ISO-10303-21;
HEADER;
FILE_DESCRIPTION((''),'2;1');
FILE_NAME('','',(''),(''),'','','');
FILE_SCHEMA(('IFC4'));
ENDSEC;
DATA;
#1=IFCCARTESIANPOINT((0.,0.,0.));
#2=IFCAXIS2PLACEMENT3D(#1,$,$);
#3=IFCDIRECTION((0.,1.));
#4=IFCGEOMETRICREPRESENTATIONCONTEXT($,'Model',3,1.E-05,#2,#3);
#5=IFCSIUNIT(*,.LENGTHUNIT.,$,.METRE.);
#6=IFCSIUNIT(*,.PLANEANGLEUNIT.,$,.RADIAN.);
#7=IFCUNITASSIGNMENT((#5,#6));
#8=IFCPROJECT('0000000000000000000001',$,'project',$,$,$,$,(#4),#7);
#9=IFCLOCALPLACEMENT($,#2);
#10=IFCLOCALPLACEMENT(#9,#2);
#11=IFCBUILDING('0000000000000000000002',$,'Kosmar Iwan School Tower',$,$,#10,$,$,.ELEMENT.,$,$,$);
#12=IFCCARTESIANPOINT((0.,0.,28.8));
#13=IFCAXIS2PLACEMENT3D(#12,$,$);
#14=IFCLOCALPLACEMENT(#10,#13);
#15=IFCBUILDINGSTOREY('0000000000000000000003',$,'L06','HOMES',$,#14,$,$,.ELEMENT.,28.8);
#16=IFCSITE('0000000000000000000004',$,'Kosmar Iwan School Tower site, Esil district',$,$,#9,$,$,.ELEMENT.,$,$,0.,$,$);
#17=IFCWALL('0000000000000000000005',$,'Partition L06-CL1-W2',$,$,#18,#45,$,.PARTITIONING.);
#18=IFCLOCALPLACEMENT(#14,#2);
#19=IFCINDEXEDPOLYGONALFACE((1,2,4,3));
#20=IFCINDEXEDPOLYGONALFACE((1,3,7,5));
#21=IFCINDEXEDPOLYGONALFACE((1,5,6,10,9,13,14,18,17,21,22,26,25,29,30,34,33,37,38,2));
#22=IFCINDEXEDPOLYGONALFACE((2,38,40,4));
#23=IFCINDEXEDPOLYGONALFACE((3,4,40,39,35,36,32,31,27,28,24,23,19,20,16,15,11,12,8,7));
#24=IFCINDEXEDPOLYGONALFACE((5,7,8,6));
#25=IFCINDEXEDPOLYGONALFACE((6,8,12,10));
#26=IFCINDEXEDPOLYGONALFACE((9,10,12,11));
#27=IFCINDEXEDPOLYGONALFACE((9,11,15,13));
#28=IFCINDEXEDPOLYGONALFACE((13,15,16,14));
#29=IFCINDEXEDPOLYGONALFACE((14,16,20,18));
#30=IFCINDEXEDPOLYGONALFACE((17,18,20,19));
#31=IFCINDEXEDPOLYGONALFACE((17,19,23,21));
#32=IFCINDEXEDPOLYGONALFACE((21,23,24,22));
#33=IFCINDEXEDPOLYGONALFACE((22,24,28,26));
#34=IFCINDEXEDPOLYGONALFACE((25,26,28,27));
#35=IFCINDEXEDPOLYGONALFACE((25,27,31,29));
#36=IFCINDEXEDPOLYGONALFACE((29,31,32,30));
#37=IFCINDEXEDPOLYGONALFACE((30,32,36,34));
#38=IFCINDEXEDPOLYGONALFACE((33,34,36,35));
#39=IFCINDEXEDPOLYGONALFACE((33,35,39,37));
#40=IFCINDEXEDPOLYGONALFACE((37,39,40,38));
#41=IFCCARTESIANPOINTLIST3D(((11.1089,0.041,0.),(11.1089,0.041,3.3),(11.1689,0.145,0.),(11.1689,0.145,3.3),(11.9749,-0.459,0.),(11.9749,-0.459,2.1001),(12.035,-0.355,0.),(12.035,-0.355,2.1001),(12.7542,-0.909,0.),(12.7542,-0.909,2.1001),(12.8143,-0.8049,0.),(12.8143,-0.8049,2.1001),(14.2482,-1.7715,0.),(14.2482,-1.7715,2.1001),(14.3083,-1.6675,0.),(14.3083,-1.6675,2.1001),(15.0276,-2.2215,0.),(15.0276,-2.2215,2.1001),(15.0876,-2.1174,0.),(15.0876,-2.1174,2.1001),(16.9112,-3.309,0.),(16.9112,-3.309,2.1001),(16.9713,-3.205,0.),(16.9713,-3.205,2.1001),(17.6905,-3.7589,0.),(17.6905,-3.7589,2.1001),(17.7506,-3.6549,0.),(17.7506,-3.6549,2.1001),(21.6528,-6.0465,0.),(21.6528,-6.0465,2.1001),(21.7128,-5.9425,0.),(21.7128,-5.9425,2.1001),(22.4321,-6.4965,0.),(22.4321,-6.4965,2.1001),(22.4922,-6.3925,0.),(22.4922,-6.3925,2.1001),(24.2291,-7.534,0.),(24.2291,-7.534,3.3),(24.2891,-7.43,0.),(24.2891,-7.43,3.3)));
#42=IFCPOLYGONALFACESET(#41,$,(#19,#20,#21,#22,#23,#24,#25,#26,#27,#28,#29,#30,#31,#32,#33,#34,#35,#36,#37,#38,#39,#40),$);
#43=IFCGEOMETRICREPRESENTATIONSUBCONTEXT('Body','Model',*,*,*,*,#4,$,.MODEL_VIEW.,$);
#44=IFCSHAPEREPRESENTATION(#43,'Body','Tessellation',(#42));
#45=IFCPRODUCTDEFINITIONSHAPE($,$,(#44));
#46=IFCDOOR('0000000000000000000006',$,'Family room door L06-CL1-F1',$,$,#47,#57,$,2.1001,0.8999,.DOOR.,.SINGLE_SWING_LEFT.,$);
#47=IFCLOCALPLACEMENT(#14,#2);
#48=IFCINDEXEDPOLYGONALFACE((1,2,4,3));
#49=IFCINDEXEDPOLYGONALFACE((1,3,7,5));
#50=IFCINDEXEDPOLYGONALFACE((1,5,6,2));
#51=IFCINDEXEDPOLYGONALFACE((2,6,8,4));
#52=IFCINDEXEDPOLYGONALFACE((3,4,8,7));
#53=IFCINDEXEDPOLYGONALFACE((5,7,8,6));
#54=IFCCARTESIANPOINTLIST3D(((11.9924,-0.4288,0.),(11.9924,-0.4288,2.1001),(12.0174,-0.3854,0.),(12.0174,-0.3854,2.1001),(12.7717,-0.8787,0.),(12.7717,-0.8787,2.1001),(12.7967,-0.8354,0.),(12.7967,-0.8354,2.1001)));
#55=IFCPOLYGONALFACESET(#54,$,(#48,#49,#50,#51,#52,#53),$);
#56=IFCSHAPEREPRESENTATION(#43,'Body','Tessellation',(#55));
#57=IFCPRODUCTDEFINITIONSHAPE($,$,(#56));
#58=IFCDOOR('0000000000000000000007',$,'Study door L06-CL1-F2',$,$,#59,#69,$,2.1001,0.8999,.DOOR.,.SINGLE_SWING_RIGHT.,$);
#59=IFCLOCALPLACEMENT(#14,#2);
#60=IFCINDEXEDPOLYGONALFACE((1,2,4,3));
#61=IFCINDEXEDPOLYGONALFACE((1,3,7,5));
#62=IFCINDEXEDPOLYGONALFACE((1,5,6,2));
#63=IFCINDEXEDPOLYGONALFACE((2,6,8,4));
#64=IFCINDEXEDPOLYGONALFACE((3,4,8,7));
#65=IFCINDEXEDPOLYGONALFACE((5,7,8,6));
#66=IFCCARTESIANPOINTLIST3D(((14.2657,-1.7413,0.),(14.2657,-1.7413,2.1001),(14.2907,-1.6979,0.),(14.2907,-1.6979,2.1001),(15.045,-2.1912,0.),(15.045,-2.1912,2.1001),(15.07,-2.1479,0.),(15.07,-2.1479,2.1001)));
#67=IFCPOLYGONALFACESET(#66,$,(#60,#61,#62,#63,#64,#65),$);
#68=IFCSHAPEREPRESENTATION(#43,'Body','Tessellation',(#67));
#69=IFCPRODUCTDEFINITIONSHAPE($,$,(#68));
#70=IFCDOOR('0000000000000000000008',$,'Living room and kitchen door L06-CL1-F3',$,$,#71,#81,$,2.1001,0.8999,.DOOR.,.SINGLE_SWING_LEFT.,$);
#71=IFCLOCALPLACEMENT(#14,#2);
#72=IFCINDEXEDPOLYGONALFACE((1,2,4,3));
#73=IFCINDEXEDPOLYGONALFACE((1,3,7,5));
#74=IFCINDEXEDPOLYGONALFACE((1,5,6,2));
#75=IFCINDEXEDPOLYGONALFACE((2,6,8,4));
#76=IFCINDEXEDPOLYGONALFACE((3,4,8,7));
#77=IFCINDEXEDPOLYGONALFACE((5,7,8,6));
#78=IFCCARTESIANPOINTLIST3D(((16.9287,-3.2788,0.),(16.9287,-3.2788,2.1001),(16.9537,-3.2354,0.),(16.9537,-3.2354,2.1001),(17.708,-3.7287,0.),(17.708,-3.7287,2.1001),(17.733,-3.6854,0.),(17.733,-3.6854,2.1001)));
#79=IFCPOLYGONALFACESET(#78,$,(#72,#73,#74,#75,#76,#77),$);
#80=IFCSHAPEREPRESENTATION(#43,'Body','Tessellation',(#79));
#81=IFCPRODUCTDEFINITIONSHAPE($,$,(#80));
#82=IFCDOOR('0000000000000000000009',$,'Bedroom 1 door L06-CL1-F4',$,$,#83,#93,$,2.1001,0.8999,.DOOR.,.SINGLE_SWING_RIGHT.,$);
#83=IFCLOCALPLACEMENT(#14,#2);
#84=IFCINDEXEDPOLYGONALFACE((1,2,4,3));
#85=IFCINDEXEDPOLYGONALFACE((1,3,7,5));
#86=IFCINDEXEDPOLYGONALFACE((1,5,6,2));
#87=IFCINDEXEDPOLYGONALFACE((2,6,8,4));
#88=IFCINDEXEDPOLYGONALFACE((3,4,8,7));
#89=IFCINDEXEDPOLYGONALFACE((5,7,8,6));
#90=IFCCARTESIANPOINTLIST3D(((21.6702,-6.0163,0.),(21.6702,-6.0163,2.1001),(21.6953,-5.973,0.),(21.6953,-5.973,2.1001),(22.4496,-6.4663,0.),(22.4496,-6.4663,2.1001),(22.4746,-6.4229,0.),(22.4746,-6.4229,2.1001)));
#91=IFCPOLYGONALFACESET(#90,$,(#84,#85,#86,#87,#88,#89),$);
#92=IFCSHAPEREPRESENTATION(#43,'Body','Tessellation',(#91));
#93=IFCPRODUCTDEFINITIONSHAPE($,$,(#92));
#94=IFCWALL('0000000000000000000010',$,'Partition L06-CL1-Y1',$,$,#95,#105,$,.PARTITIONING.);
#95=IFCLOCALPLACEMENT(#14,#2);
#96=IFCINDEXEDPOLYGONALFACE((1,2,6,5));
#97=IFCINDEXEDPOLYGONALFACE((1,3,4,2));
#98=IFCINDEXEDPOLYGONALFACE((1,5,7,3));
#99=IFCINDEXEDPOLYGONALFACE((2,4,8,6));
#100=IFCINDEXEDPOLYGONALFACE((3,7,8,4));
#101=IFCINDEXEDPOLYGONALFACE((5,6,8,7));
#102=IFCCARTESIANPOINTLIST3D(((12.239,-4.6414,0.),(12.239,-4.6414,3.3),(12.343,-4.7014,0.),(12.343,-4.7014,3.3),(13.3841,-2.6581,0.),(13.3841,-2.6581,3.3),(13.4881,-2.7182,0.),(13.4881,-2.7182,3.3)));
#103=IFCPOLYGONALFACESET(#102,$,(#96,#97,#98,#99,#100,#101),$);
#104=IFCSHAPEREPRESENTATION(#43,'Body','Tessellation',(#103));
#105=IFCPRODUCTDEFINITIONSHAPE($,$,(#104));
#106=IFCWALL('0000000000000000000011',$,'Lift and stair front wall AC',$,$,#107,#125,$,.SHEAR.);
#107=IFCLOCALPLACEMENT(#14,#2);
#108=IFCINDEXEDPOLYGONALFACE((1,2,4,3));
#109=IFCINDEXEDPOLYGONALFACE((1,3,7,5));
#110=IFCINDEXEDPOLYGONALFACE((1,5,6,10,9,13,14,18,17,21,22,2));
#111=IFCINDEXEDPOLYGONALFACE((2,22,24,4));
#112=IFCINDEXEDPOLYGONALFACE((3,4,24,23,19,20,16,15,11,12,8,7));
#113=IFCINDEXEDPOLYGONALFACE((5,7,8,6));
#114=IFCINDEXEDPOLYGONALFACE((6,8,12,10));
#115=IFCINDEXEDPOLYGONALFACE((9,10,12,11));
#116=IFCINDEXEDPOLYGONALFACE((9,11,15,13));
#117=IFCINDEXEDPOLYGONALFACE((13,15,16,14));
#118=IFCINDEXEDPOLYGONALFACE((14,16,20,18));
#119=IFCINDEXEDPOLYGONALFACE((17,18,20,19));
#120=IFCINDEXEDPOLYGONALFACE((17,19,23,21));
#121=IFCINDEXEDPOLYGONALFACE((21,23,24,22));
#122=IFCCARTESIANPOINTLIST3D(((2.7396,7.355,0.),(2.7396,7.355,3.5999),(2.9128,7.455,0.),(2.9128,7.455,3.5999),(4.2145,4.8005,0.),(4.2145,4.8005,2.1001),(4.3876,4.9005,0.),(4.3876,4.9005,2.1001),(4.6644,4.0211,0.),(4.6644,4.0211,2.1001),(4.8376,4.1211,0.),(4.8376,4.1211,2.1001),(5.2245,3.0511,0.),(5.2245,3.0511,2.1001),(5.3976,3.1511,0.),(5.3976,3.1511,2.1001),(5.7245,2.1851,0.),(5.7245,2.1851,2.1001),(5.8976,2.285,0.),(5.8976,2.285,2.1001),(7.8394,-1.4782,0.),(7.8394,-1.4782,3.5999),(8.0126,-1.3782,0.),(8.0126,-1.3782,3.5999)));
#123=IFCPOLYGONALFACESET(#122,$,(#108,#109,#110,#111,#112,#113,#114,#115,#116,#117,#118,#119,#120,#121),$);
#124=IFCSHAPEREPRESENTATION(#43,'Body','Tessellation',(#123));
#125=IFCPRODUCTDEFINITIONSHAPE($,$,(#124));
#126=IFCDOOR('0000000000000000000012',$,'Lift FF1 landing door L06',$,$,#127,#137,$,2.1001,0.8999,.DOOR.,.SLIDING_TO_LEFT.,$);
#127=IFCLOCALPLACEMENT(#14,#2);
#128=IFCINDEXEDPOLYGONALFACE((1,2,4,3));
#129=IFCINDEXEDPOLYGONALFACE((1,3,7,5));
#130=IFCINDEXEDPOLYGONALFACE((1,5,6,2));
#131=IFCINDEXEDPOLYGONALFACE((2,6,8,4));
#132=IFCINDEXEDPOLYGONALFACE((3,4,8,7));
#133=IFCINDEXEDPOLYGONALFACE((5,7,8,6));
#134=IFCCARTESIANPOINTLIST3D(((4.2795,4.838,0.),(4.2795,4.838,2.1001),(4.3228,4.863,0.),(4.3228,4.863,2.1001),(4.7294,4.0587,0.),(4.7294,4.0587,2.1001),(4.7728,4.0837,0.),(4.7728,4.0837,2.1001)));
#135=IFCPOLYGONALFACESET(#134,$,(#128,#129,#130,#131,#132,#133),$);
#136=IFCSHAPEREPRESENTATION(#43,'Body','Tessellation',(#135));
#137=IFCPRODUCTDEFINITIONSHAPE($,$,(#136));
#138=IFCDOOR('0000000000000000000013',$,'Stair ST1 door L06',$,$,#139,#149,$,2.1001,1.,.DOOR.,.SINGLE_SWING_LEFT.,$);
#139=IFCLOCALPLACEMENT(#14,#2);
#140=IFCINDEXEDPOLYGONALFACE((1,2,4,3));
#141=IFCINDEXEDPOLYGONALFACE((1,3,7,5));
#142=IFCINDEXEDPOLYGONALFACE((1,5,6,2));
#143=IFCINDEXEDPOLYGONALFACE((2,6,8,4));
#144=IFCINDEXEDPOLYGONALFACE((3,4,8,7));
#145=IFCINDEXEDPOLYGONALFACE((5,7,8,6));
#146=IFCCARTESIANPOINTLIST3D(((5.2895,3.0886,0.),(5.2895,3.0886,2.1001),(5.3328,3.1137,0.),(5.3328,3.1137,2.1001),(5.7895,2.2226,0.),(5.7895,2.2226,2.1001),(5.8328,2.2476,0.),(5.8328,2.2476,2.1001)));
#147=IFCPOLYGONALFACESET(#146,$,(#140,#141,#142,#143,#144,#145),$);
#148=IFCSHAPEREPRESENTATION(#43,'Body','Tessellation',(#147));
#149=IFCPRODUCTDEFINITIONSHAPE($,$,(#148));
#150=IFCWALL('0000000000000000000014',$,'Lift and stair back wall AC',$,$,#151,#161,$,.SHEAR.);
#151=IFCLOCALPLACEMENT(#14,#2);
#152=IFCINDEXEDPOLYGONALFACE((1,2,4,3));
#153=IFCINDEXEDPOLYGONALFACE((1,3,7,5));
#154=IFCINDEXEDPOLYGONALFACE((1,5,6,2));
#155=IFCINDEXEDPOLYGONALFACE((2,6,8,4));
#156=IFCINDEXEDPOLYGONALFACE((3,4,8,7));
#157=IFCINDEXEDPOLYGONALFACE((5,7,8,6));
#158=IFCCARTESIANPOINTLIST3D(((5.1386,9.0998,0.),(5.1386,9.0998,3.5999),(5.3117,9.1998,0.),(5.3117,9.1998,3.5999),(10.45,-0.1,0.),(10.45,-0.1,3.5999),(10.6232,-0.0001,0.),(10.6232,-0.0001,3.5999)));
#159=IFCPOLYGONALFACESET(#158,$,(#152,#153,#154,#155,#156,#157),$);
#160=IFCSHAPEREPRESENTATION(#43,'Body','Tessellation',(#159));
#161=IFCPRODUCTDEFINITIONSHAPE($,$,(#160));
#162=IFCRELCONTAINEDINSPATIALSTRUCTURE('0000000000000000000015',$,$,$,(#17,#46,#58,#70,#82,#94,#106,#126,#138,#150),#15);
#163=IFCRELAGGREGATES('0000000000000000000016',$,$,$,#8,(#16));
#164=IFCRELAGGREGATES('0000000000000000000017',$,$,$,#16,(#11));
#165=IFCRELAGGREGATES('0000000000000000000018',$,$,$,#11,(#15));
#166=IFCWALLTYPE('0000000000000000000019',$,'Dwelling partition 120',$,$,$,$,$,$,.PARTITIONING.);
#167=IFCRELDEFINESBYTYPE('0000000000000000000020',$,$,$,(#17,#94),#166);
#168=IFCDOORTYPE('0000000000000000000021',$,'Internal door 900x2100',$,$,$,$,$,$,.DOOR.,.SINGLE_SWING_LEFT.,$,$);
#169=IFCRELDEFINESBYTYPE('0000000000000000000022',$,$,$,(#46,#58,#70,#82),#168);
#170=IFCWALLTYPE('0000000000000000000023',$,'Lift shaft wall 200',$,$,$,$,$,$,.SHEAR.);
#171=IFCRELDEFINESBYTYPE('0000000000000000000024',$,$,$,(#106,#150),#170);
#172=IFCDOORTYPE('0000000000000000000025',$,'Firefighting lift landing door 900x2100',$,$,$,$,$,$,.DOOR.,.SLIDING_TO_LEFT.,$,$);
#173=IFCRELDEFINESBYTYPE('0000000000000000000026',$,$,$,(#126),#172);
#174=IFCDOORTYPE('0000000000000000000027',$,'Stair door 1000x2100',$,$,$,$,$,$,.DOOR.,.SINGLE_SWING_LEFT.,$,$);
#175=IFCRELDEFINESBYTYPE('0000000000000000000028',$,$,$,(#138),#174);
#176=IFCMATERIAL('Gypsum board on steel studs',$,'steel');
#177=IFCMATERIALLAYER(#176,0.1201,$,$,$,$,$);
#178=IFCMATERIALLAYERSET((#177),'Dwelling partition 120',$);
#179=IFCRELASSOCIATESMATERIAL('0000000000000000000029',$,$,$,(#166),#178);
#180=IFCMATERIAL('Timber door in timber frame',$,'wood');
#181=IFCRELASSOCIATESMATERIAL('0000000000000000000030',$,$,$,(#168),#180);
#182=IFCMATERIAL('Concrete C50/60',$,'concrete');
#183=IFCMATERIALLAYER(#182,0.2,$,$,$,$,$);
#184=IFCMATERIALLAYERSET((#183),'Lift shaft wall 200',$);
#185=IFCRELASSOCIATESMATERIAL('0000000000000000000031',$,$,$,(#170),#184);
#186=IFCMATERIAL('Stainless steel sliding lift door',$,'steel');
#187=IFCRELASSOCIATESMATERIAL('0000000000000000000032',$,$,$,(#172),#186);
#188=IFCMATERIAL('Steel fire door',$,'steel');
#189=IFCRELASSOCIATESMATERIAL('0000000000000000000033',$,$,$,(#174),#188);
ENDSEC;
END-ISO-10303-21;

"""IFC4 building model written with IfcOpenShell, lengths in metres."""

from ifc_helpers import new_model, si_unit, direction, frame, frame_2d, origin, place, context, subcontext, project, spatial, rectangle, extrude, material, layer, layer_set, type_object, element, fill, save


model = new_model("IFC4")

# Units and contexts
model_context = context("Model", 3, precision=1e-05, world=origin(), true_north=direction((0.0, 1.0)))
body_context = subcontext(model_context, "Body", "Model", "MODEL_VIEW")
ifc_project = project(units=[si_unit("LENGTHUNIT", "METRE"), si_unit("PLANEANGLEUNIT", "RADIAN")], contexts=[model_context])

# Site, building, storey
site_placement = place(None, origin())
site = spatial("IfcSite", under=ifc_project, at=site_placement, Name="Kosmar Iwan School Tower site, Esil district", CompositionType="ELEMENT", RefElevation=0.0)
building_placement = place(site_placement, origin())
building = spatial("IfcBuilding", under=site, at=building_placement, Name="Kosmar Iwan School Tower", CompositionType="ELEMENT")
storey_placement = place(building_placement, frame((0.0, 0.0, 28.8)))
storey = spatial("IfcBuildingStorey", under=building, at=storey_placement, Name="L06", Description="HOMES", CompositionType="ELEMENT", Elevation=28.8)

# Wall, openings, doors
ifc_material_1 = material(Name="Gypsum board on steel studs", Category="steel")
ifc_layer_1 = layer(ifc_material_1, 0.1201)
ifc_layer_set_1 = layer_set([ifc_layer_1], Name="Dwelling partition 120")
wall_type_1 = type_object("IfcWallType", Name="Dwelling partition 120", PredefinedType="PARTITIONING", material=ifc_layer_set_1)
ifc_material_2 = material(Name="Timber door in timber frame", Category="wood")
door_type_1 = type_object("IfcDoorType", Name="Internal door 900x2100", OperationType="SINGLE_SWING_LEFT", PredefinedType="DOOR", material=ifc_material_2)
wall_1_placement = place(storey_placement, frame((11.1389, 0.093, 0.0), z_axis=(0.0, 0.0, 1.0), x_axis=(0.866024, -0.500002, 0.0)))
wall_1 = element("IfcWall", 1, at=wall_1_placement, inside=storey, type_object=wall_type_1, Name="Partition L06-CL1-W2", PredefinedType="PARTITIONING", context=body_context, shape_type="SweptSolid", body=[
    extrude(rectangle(XDim=15.1499, YDim=0.1201, at=frame_2d((7.575, 0.0))), origin(), (0.0, 0.0, 1.0), 3.3),
])
opening_1_placement = place(wall_1_placement, frame((1.0, 0.0, 0.0)))
opening_1 = element("IfcOpeningElement", 2, at=opening_1_placement, cuts=wall_1, PredefinedType="OPENING", context=body_context, shape_type="SweptSolid", body=[
    extrude(rectangle(XDim=0.8999, YDim=2.1001, at=frame_2d((0.45, 1.05))), frame((0.0, 0.072, 0.0), z_axis=(0.0, -1.0, 0.0), x_axis=(1.0, 0.0, 0.0)), (0.0, 0.0, 1.0), 0.144),
])
opening_2_placement = place(wall_1_placement, frame((3.625, 0.0, 0.0)))
opening_2 = element("IfcOpeningElement", 3, at=opening_2_placement, cuts=wall_1, PredefinedType="OPENING", context=body_context, shape_type="SweptSolid", body=[
    extrude(rectangle(XDim=0.8999, YDim=2.1001, at=frame_2d((0.45, 1.05))), frame((0.0, 0.072, 0.0), z_axis=(0.0, -1.0, 0.0), x_axis=(1.0, 0.0, 0.0)), (0.0, 0.0, 1.0), 0.144),
])
opening_3_placement = place(wall_1_placement, frame((6.7, 0.0, 0.0)))
opening_3 = element("IfcOpeningElement", 4, at=opening_3_placement, cuts=wall_1, PredefinedType="OPENING", context=body_context, shape_type="SweptSolid", body=[
    extrude(rectangle(XDim=0.8999, YDim=2.1001, at=frame_2d((0.45, 1.05))), frame((0.0, 0.072, 0.0), z_axis=(0.0, -1.0, 0.0), x_axis=(1.0, 0.0, 0.0)), (0.0, 0.0, 1.0), 0.144),
])
opening_4_placement = place(wall_1_placement, frame((12.175, 0.0, 0.0)))
opening_4 = element("IfcOpeningElement", 5, at=opening_4_placement, cuts=wall_1, PredefinedType="OPENING", context=body_context, shape_type="SweptSolid", body=[
    extrude(rectangle(XDim=0.8999, YDim=2.1001, at=frame_2d((0.45, 1.05))), frame((0.0, 0.072, 0.0), z_axis=(0.0, -1.0, 0.0), x_axis=(1.0, 0.0, 0.0)), (0.0, 0.0, 1.0), 0.144),
])
door_1_placement = place(opening_1_placement, origin())
door_1 = element("IfcDoor", 6, at=door_1_placement, inside=storey, type_object=door_type_1, Name="Family room door L06-CL1-F1", OperationType="SINGLE_SWING_LEFT", OverallHeight=2.1001, OverallWidth=0.8999, PredefinedType="DOOR", context=body_context, shape_type="SweptSolid", body=[
    extrude(rectangle(XDim=0.8999, YDim=2.1001, at=frame_2d((0.45, 1.05))), frame((0.0, 0.0249, 0.0), z_axis=(0.0, -1.0, 0.0), x_axis=(1.0, 0.0, 0.0)), (0.0, 0.0, 1.0), 0.05),
])
fill(opening_1, door_1)
door_2_placement = place(opening_2_placement, origin())
door_2 = element("IfcDoor", 7, at=door_2_placement, inside=storey, type_object=door_type_1, Name="Study door L06-CL1-F2", OperationType="SINGLE_SWING_RIGHT", OverallHeight=2.1001, OverallWidth=0.8999, PredefinedType="DOOR", context=body_context, shape_type="SweptSolid", body=[
    extrude(rectangle(XDim=0.8999, YDim=2.1001, at=frame_2d((0.45, 1.05))), frame((0.0, 0.0249, 0.0), z_axis=(0.0, -1.0, 0.0), x_axis=(1.0, 0.0, 0.0)), (0.0, 0.0, 1.0), 0.05),
])
fill(opening_2, door_2)
door_3_placement = place(opening_3_placement, origin())
door_3 = element("IfcDoor", 8, at=door_3_placement, inside=storey, type_object=door_type_1, Name="Living room and kitchen door L06-CL1-F3", OperationType="SINGLE_SWING_LEFT", OverallHeight=2.1001, OverallWidth=0.8999, PredefinedType="DOOR", context=body_context, shape_type="SweptSolid", body=[
    extrude(rectangle(XDim=0.8999, YDim=2.1001, at=frame_2d((0.45, 1.05))), frame((0.0, 0.0249, 0.0), z_axis=(0.0, -1.0, 0.0), x_axis=(1.0, 0.0, 0.0)), (0.0, 0.0, 1.0), 0.05),
])
fill(opening_3, door_3)
door_4_placement = place(opening_4_placement, origin())
door_4 = element("IfcDoor", 9, at=door_4_placement, inside=storey, type_object=door_type_1, Name="Bedroom 1 door L06-CL1-F4", OperationType="SINGLE_SWING_RIGHT", OverallHeight=2.1001, OverallWidth=0.8999, PredefinedType="DOOR", context=body_context, shape_type="SweptSolid", body=[
    extrude(rectangle(XDim=0.8999, YDim=2.1001, at=frame_2d((0.45, 1.05))), frame((0.0, 0.0249, 0.0), z_axis=(0.0, -1.0, 0.0), x_axis=(1.0, 0.0, 0.0)), (0.0, 0.0, 1.0), 0.05),
])
fill(opening_4, door_4)

# Wall
wall_2_placement = place(storey_placement, frame((12.291, -4.6714, 0.0), z_axis=(0.0, 0.0, 1.0), x_axis=(0.500015, 0.866017, 0.0)))
element("IfcWall", 10, at=wall_2_placement, inside=storey, type_object=wall_type_1, Name="Partition L06-CL1-Y1", PredefinedType="PARTITIONING", context=body_context, shape_type="SweptSolid", body=[
    extrude(rectangle(XDim=2.29, YDim=0.1201, at=frame_2d((1.145, 0.0))), origin(), (0.0, 0.0, 1.0), 3.3),
])

# Wall, openings, doors
ifc_material_3 = material(Name="Concrete C50/60", Category="concrete")
ifc_layer_2 = layer(ifc_material_3, 0.2)
ifc_layer_set_2 = layer_set([ifc_layer_2], Name="Lift shaft wall 200")
wall_type_2 = type_object("IfcWallType", Name="Lift shaft wall 200", PredefinedType="SHEAR", material=ifc_layer_set_2)
wall_3_placement = place(storey_placement, frame((7.926, -1.4282, 0.0), z_axis=(0.0, 0.0, 1.0), x_axis=(-0.499998, 0.866027, 0.0)))
wall_3 = element("IfcWall", 11, at=wall_3_placement, inside=storey, type_object=wall_type_2, Name="Lift and stair front wall AC", PredefinedType="SHEAR", context=body_context, shape_type="SweptSolid", body=[
    extrude(rectangle(XDim=10.1997, YDim=0.2, at=frame_2d((5.0999, 0.0))), origin(), (0.0, 0.0, 1.0), 3.5999),
])
opening_5_placement = place(wall_3_placement, frame((6.3501, 0.0, 0.0)))
opening_5 = element("IfcOpeningElement", 12, at=opening_5_placement, cuts=wall_3, PredefinedType="OPENING", context=body_context, shape_type="SweptSolid", body=[
    extrude(rectangle(XDim=0.8999, YDim=2.1001, at=frame_2d((0.45, 1.05))), frame((0.0, 0.1121, 0.0), z_axis=(0.0, -1.0, 0.0), x_axis=(1.0, 0.0, 0.0)), (0.0, 0.0, 1.0), 0.2239),
])
opening_6_placement = place(wall_3_placement, frame((4.23, 0.0, 0.0)))
opening_6 = element("IfcOpeningElement", 13, at=opening_6_placement, cuts=wall_3, PredefinedType="OPENING", context=body_context, shape_type="SweptSolid", body=[
    extrude(rectangle(XDim=1.0, YDim=2.1001, at=frame_2d((0.5, 1.05))), frame((0.0, 0.1121, 0.0), z_axis=(0.0, -1.0, 0.0), x_axis=(1.0, 0.0, 0.0)), (0.0, 0.0, 1.0), 0.2239),
])
ifc_material_4 = material(Name="Stainless steel sliding lift door", Category="steel")
door_type_2 = type_object("IfcDoorType", Name="Firefighting lift landing door 900x2100", OperationType="SLIDING_TO_LEFT", PredefinedType="DOOR", material=ifc_material_4)
door_5_placement = place(opening_5_placement, origin())
door_5 = element("IfcDoor", 14, at=door_5_placement, inside=storey, type_object=door_type_2, Name="Lift FF1 landing door L06", OperationType="SLIDING_TO_LEFT", OverallHeight=2.1001, OverallWidth=0.8999, PredefinedType="DOOR", context=body_context, shape_type="SweptSolid", body=[
    extrude(rectangle(XDim=0.8999, YDim=2.1001, at=frame_2d((0.45, 1.05))), frame((0.0, 0.0249, 0.0), z_axis=(0.0, -1.0, 0.0), x_axis=(1.0, 0.0, 0.0)), (0.0, 0.0, 1.0), 0.05),
])
fill(opening_5, door_5)
ifc_material_5 = material(Name="Steel fire door", Category="steel")
door_type_3 = type_object("IfcDoorType", Name="Stair door 1000x2100", OperationType="SINGLE_SWING_LEFT", PredefinedType="DOOR", material=ifc_material_5)
door_6_placement = place(opening_6_placement, origin())
door_6 = element("IfcDoor", 15, at=door_6_placement, inside=storey, type_object=door_type_3, Name="Stair ST1 door L06", OperationType="SINGLE_SWING_LEFT", OverallHeight=2.1001, OverallWidth=1.0, PredefinedType="DOOR", context=body_context, shape_type="SweptSolid", body=[
    extrude(rectangle(XDim=1.0, YDim=2.1001, at=frame_2d((0.5, 1.05))), frame((0.0, 0.0249, 0.0), z_axis=(0.0, -1.0, 0.0), x_axis=(1.0, 0.0, 0.0)), (0.0, 0.0, 1.0), 0.05),
])
fill(opening_6, door_6)

# Wall
wall_4_placement = place(storey_placement, frame((10.5366, -0.05, 0.0), z_axis=(0.0, 0.0, 1.0), x_axis=(-0.499995, 0.866028, 0.0)))
element("IfcWall", 16, at=wall_4_placement, inside=storey, type_object=wall_type_2, Name="Lift and stair back wall AC", PredefinedType="SHEAR", context=body_context, shape_type="SweptSolid", body=[
    extrude(rectangle(XDim=10.623, YDim=0.2, at=frame_2d((5.3115, 0.0))), origin(), (0.0, 0.0, 1.0), 3.5999),
])

save(model, "model.ifc")
